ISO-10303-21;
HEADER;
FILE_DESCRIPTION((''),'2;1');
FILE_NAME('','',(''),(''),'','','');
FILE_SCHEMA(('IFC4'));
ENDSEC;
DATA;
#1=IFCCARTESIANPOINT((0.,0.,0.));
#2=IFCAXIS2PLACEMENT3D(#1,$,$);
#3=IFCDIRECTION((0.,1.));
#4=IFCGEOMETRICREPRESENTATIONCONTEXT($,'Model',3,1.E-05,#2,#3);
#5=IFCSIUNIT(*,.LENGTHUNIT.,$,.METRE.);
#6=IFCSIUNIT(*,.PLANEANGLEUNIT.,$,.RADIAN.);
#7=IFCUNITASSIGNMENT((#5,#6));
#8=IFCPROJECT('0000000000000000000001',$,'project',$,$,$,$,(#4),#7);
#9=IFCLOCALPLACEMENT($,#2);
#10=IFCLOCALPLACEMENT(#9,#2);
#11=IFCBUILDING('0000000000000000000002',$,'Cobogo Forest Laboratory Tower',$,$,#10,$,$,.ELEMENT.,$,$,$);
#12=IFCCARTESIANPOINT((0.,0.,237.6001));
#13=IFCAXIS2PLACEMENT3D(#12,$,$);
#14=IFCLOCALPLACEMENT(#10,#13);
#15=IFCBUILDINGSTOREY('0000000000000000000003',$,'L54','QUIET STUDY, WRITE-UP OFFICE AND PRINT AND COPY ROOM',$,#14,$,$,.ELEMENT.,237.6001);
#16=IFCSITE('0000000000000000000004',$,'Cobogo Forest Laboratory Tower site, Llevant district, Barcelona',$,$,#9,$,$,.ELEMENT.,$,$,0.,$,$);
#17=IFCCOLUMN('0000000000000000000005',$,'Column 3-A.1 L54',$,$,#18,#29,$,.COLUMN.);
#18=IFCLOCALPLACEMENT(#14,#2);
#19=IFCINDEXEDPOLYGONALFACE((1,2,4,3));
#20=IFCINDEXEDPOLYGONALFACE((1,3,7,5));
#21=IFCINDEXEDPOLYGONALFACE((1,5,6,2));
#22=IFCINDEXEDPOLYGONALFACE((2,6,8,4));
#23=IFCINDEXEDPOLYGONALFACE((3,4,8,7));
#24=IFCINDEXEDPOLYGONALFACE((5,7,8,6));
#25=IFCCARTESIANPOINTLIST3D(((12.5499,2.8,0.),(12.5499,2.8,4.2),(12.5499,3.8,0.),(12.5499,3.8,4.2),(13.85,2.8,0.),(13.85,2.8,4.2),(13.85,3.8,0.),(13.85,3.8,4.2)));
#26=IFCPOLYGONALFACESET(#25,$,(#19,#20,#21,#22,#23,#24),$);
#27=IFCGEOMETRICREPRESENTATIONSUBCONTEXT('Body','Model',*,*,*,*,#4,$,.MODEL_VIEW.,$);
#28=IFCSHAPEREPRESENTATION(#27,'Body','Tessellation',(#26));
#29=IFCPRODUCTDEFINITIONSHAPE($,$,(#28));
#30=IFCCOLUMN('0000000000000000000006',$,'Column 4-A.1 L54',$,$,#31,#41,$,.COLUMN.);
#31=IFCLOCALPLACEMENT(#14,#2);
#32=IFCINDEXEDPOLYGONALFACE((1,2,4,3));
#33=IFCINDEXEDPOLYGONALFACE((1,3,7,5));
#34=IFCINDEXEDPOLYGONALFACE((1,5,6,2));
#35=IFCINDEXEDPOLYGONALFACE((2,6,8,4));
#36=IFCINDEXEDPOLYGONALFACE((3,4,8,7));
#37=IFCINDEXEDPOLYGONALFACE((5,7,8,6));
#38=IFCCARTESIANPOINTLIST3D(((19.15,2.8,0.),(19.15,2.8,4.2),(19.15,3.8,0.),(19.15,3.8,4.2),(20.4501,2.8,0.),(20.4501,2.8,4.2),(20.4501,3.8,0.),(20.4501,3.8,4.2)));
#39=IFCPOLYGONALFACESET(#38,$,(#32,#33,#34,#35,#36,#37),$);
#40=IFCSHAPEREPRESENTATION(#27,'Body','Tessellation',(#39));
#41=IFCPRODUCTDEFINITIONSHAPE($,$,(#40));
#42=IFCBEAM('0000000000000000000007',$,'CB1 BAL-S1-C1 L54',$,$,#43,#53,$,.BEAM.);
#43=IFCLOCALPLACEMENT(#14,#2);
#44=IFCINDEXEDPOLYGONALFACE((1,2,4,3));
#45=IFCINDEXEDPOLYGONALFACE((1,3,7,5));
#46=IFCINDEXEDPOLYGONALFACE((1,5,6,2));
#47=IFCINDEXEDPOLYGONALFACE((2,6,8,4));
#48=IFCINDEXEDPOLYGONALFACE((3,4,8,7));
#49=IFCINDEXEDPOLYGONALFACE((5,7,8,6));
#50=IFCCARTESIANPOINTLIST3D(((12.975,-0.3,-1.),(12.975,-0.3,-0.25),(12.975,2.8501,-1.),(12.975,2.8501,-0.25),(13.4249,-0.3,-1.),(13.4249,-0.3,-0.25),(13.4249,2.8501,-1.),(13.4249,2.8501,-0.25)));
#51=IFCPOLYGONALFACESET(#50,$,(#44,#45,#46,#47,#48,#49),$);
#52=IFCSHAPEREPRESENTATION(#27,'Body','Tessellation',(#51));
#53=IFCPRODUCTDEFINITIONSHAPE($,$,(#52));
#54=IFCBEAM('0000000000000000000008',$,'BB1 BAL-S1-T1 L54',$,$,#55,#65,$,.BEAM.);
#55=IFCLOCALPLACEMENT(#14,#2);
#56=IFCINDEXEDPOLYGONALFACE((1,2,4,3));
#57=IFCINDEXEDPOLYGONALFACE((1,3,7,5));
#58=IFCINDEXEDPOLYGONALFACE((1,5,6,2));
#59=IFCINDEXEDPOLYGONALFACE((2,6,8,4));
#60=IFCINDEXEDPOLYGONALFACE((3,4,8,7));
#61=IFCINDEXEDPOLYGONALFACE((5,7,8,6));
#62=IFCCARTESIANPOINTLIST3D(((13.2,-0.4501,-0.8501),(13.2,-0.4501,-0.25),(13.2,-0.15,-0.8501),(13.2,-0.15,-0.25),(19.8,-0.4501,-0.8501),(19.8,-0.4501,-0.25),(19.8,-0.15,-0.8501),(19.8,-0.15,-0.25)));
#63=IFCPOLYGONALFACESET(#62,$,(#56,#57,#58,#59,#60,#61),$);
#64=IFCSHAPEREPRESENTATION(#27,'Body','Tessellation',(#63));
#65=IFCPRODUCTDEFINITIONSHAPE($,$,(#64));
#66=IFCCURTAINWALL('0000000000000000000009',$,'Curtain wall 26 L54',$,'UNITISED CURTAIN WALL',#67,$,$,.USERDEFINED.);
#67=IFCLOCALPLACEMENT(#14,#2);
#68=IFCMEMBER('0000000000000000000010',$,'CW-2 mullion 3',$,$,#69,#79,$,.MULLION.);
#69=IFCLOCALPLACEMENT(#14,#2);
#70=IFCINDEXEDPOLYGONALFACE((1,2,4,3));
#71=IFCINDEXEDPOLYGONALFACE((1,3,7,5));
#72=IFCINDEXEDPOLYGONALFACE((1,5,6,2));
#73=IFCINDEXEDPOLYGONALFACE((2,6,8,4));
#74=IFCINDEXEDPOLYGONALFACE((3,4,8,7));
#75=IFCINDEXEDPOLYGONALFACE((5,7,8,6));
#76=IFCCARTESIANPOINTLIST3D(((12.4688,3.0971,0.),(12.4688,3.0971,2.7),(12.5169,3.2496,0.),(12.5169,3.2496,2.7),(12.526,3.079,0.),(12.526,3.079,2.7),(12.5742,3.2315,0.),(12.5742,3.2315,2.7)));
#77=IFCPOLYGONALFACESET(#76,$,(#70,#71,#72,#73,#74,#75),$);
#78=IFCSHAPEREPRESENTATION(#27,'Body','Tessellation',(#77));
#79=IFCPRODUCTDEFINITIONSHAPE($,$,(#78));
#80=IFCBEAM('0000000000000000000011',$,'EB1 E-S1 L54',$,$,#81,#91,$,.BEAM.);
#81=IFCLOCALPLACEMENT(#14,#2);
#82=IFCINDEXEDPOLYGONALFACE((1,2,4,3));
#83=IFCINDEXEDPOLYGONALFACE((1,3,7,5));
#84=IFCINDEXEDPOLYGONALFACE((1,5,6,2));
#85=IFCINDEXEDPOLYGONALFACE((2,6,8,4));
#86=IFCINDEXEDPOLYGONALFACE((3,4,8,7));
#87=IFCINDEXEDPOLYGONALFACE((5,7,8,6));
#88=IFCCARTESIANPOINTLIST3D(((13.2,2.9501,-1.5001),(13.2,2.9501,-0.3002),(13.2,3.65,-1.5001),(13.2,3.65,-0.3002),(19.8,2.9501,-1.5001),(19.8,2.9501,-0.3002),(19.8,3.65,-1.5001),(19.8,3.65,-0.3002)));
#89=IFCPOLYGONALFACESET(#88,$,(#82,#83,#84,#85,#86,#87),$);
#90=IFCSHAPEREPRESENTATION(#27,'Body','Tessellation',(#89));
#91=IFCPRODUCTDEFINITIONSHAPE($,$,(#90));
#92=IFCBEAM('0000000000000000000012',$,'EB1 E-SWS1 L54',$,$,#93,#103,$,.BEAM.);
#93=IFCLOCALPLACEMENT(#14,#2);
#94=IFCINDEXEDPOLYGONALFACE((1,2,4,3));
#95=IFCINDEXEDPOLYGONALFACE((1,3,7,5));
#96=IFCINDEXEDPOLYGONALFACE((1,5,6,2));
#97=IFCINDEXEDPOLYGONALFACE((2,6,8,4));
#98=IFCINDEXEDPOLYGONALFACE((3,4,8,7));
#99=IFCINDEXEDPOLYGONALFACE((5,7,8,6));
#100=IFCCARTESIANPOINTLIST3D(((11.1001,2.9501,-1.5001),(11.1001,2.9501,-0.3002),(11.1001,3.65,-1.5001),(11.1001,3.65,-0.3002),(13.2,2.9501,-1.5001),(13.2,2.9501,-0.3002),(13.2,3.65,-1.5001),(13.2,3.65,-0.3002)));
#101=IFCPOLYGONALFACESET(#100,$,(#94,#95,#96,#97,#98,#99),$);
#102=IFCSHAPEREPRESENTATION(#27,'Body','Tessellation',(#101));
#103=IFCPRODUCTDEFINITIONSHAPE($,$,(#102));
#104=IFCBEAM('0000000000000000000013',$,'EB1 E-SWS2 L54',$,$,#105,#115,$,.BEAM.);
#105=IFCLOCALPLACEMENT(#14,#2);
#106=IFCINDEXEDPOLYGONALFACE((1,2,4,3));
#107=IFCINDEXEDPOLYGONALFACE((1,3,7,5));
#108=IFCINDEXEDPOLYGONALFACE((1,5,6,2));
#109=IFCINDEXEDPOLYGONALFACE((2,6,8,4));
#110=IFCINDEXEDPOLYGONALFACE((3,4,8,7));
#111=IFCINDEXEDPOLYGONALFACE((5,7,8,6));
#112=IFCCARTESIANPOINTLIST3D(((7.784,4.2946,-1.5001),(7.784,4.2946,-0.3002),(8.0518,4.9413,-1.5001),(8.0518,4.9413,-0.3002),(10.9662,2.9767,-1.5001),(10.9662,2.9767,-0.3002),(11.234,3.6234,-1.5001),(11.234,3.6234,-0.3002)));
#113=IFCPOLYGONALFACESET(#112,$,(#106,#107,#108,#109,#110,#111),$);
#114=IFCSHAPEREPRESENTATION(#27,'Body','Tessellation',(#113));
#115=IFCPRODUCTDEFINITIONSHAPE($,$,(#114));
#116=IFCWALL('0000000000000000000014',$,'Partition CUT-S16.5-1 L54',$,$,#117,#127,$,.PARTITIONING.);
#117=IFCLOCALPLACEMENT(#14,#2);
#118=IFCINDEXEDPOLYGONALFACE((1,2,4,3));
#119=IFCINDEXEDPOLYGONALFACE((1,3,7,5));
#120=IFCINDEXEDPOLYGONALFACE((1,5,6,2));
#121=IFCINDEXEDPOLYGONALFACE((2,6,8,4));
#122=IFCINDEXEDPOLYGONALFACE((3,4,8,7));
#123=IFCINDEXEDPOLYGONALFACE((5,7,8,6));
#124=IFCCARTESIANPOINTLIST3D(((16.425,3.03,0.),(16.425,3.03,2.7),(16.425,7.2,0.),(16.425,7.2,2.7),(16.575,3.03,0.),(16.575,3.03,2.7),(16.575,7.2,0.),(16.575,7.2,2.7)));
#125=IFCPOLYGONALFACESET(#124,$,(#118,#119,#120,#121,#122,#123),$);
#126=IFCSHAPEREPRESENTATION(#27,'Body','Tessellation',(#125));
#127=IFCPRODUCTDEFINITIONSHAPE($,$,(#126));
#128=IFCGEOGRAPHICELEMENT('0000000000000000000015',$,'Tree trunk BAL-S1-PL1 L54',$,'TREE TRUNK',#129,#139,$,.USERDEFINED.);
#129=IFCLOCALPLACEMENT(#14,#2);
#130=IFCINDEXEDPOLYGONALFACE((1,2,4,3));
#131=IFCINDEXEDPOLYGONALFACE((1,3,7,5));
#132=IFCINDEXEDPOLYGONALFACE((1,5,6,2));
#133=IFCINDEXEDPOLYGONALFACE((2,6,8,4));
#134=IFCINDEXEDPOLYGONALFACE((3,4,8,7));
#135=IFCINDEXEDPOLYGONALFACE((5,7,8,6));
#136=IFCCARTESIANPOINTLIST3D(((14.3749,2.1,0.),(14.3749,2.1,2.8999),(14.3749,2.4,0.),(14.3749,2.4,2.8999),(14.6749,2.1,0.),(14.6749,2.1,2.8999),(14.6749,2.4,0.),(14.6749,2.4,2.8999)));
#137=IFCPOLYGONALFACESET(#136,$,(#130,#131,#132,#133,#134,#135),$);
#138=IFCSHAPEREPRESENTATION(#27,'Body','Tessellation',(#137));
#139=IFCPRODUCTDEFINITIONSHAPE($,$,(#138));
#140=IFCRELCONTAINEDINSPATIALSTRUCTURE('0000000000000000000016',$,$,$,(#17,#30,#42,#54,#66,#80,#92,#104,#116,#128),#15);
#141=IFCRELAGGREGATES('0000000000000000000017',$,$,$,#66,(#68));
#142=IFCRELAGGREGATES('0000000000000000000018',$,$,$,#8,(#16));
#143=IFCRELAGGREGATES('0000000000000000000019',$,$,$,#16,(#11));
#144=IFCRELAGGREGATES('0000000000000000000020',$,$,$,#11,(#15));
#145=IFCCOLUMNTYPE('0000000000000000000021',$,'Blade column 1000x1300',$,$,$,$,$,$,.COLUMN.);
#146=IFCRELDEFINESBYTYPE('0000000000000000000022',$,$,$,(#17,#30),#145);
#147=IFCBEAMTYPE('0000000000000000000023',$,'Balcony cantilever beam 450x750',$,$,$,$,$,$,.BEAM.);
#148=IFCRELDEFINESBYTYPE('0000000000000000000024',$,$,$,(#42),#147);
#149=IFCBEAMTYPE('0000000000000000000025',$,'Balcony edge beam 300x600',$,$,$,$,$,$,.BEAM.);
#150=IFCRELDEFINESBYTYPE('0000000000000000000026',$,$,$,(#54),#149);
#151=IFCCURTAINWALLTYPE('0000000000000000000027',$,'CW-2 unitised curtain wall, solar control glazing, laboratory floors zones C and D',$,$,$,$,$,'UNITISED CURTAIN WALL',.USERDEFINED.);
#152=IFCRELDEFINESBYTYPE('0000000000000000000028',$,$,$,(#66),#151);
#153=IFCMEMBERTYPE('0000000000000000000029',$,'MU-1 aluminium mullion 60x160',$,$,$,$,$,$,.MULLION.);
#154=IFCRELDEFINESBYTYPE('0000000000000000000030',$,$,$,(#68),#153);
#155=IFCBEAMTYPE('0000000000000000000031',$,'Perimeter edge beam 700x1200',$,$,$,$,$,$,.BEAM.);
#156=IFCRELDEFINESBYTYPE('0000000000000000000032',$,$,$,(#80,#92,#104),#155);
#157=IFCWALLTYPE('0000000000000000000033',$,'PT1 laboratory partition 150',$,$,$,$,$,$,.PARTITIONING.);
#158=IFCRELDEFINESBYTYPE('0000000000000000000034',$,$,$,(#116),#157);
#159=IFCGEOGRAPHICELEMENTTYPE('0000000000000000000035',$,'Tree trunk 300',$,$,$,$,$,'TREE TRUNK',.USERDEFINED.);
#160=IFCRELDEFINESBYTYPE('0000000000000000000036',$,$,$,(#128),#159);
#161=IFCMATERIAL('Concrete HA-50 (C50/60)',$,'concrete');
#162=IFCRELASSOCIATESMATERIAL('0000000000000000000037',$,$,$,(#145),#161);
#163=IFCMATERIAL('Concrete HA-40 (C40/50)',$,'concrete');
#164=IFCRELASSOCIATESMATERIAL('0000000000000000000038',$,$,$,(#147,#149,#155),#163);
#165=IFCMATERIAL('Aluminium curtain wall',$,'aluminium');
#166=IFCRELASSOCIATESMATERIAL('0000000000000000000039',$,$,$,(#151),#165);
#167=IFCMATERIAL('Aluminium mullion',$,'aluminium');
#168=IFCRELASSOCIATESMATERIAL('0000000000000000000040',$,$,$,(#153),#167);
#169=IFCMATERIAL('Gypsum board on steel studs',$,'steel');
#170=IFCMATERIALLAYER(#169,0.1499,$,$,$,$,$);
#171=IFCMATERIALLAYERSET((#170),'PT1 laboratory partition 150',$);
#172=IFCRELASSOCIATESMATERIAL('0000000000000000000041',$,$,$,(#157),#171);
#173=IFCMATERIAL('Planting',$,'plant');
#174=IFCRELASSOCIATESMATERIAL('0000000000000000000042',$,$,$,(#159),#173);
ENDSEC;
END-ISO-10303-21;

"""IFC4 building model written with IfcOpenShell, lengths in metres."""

from ifc_helpers import new_model, si_unit, direction, frame, frame_2d, origin, origin_2d, place, context, subcontext, project, spatial, rectangle, extrude, material, layer, layer_set, material_profile, profile_set, type_object, element, aggregate, save


model = new_model("IFC4")

# Units and contexts
model_context = context("Model", 3, precision=1e-05, world=origin(), true_north=direction((0.0, 1.0)))
body_context = subcontext(model_context, "Body", "Model", "MODEL_VIEW")
ifc_project = project(units=[si_unit("LENGTHUNIT", "METRE"), si_unit("PLANEANGLEUNIT", "RADIAN")], contexts=[model_context])

# Site, building, storey
site_placement = place(None, origin())
site = spatial("IfcSite", under=ifc_project, at=site_placement, Name="Cobogo Forest Laboratory Tower site, Llevant district, Barcelona", CompositionType="ELEMENT", RefElevation=0.0)
building_placement = place(site_placement, origin())
building = spatial("IfcBuilding", under=site, at=building_placement, Name="Cobogo Forest Laboratory Tower", CompositionType="ELEMENT")
storey_placement = place(building_placement, frame((0.0, 0.0, 237.6001)))
storey = spatial("IfcBuildingStorey", under=building, at=storey_placement, Name="L54", Description="QUIET STUDY, WRITE-UP OFFICE AND PRINT AND COPY ROOM", CompositionType="ELEMENT", Elevation=237.6001)

# Columns
ifc_material_1 = material(Name="Concrete HA-50 (C50/60)", Category="concrete")
ifc_material_profile_1 = material_profile(ifc_material_1, rectangle(XDim=1.3, YDim=1.0, at=origin_2d()), Name="RC 1000x1300")
ifc_profile_set_1 = profile_set([ifc_material_profile_1], Name="Concrete HA-50 (C50/60)")
column_type = type_object("IfcColumnType", Name="Blade column 1000x1300", PredefinedType="COLUMN", material=ifc_profile_set_1)
for number, where, z_axis, x_axis, name in (
    (1, (13.2, 3.3, 0.0), (0.0, 0.0, 1.0), (1.0, 0.0, 0.0), "Column 3-A.1 L54"),
    (2, (19.8, 3.3, 0.0), (0.0, 0.0, 1.0), (1.0, 0.0, 0.0), "Column 4-A.1 L54"),
):
    element("IfcColumn", number, at=place(storey_placement, frame(where, z_axis=z_axis, x_axis=x_axis)), inside=storey, type_object=column_type, Name=name, PredefinedType="COLUMN", context=body_context, shape_type="SweptSolid", body=[
        extrude(rectangle(XDim=1.3, YDim=1.0, at=origin_2d()), origin(), (0.0, 0.0, 1.0), 4.2),
    ])

# Beams
ifc_material_2 = material(Name="Concrete HA-40 (C40/50)", Category="concrete")
ifc_material_profile_2 = material_profile(ifc_material_2, rectangle(XDim=0.45, YDim=0.75, at=origin_2d()), Name="RC 450x750")
ifc_profile_set_2 = profile_set([ifc_material_profile_2], Name="Concrete HA-40 (C40/50)")
beam_type_1 = type_object("IfcBeamType", Name="Balcony cantilever beam 450x750", PredefinedType="BEAM", material=ifc_profile_set_2)
beam_1_placement = place(storey_placement, frame((13.2, 2.8501, -0.625), z_axis=(0.0, -1.0, 0.0), x_axis=(1.0, 0.0, 0.0)))
element("IfcBeam", 3, at=beam_1_placement, inside=storey, type_object=beam_type_1, Name="CB1 BAL-S1-C1 L54", PredefinedType="BEAM", context=body_context, shape_type="SweptSolid", body=[
    extrude(rectangle(XDim=0.45, YDim=0.75, at=origin_2d()), origin(), (0.0, 0.0, 1.0), 3.1501),
])
ifc_material_profile_3 = material_profile(ifc_material_2, rectangle(XDim=0.3, YDim=0.6001, at=origin_2d()), Name="RC 300x600")
ifc_profile_set_3 = profile_set([ifc_material_profile_3], Name="Concrete HA-40 (C40/50)")
beam_type_2 = type_object("IfcBeamType", Name="Balcony edge beam 300x600", PredefinedType="BEAM", material=ifc_profile_set_3)
beam_2_placement = place(storey_placement, frame((13.2, -0.3, -0.55), z_axis=(1.0, 0.0, 0.0), x_axis=(0.0, 1.0, 0.0)))
element("IfcBeam", 4, at=beam_2_placement, inside=storey, type_object=beam_type_2, Name="BB1 BAL-S1-T1 L54", PredefinedType="BEAM", context=body_context, shape_type="SweptSolid", body=[
    extrude(rectangle(XDim=0.3, YDim=0.6001, at=origin_2d()), origin(), (0.0, 0.0, 1.0), 6.6001),
])

# Curtain wall, member
ifc_material_3 = material(Name="Aluminium curtain wall", Category="aluminium")
curtain_wall_type = type_object("IfcCurtainWallType", Name="CW-2 unitised curtain wall, solar control glazing, laboratory floors zones C and D", ElementType="UNITISED CURTAIN WALL", PredefinedType="USERDEFINED", material=ifc_material_3)
curtain_wall_placement = place(storey_placement, origin())
curtain_wall = element("IfcCurtainWall", 5, at=curtain_wall_placement, inside=storey, type_object=curtain_wall_type, Name="Curtain wall 26 L54", ObjectType="UNITISED CURTAIN WALL", PredefinedType="USERDEFINED")
ifc_material_4 = material(Name="Aluminium mullion", Category="aluminium")
ifc_material_profile_4 = material_profile(ifc_material_4, rectangle(XDim=0.0601, YDim=0.1599, at=origin_2d()), Name="AL 60x160")
ifc_profile_set_4 = profile_set([ifc_material_profile_4], Name="Aluminium mullion")
member_type = type_object("IfcMemberType", Name="MU-1 aluminium mullion 60x160", PredefinedType="MULLION", material=ifc_profile_set_4)
member_placement = place(storey_placement, frame((12.5215, 3.1643, 0.0), z_axis=(0.0, 0.0, 1.0), x_axis=(0.953581, -0.301136, 0.0)))
member = element("IfcMember", 6, at=member_placement, type_object=member_type, Name="CW-2 mullion 3", PredefinedType="MULLION", context=body_context, shape_type="SweptSolid", body=[
    extrude(rectangle(XDim=0.0601, YDim=0.1599, at=origin_2d()), origin(), (0.0, 0.0, 1.0), 2.7),
])
aggregate(curtain_wall, [member])

# Beams
ifc_material_profile_5 = material_profile(ifc_material_2, rectangle(XDim=0.7, YDim=1.2, at=origin_2d()), Name="RC 700x1200")
ifc_profile_set_5 = profile_set([ifc_material_profile_5], Name="Concrete HA-40 (C40/50)")
beam_type_3 = type_object("IfcBeamType", Name="Perimeter edge beam 700x1200", PredefinedType="BEAM", material=ifc_profile_set_5)
beam_3_placement = place(storey_placement, frame((13.2, 3.3, -0.9001), z_axis=(1.0, 0.0, 0.0), x_axis=(0.0, 1.0, 0.0)))
element("IfcBeam", 7, at=beam_3_placement, inside=storey, type_object=beam_type_3, Name="EB1 E-S1 L54", PredefinedType="BEAM", context=body_context, shape_type="SweptSolid", body=[
    extrude(rectangle(XDim=0.7, YDim=1.2, at=origin_2d()), origin(), (0.0, 0.0, 1.0), 6.6001),
])
beam_4_placement = place(storey_placement, frame((13.2, 3.3, -0.9001), z_axis=(-1.0, 0.0, 0.0), x_axis=(0.0, -1.0, 0.0)))
element("IfcBeam", 8, at=beam_4_placement, inside=storey, type_object=beam_type_3, Name="EB1 E-SWS1 L54", PredefinedType="BEAM", context=body_context, shape_type="SweptSolid", body=[
    extrude(rectangle(XDim=0.7, YDim=1.2, at=origin_2d()), origin(), (0.0, 0.0, 1.0), 2.0999),
])
beam_5_placement = place(storey_placement, frame((11.1001, 3.3, -0.9001), z_axis=(-0.923901, 0.382631, 0.0), x_axis=(-0.382631, -0.923901, 0.0)))
element("IfcBeam", 9, at=beam_5_placement, inside=storey, type_object=beam_type_3, Name="EB1 E-SWS2 L54", PredefinedType="BEAM", context=body_context, shape_type="SweptSolid", body=[
    extrude(rectangle(XDim=0.7, YDim=1.2, at=origin_2d()), origin(), (0.0, 0.0, 1.0), 3.4443),
])

# Wall
ifc_material_5 = material(Name="Gypsum board on steel studs", Category="steel")
ifc_layer_1 = layer(ifc_material_5, 0.1499)
ifc_layer_set_1 = layer_set([ifc_layer_1], Name="PT1 laboratory partition 150")
wall_type_1 = type_object("IfcWallType", Name="PT1 laboratory partition 150", PredefinedType="PARTITIONING", material=ifc_layer_set_1)
wall_1_placement = place(storey_placement, frame((16.5, 3.03, 0.0), z_axis=(0.0, 0.0, 1.0), x_axis=(0.0, 1.0, 0.0)))
element("IfcWall", 10, at=wall_1_placement, inside=storey, type_object=wall_type_1, Name="Partition CUT-S16.5-1 L54", PredefinedType="PARTITIONING", context=body_context, shape_type="SweptSolid", body=[
    extrude(rectangle(XDim=4.1699, YDim=0.1499, at=frame_2d((2.085, 0.0))), origin(), (0.0, 0.0, 1.0), 2.7),
])

# Geographic element
ifc_material_6 = material(Name="Planting", Category="plant")
geographic_element_type = type_object("IfcGeographicElementType", Name="Tree trunk 300", ElementType="TREE TRUNK", PredefinedType="USERDEFINED", material=ifc_material_6)
geographic_element_placement = place(storey_placement, frame((14.5249, 2.25, 0.0), z_axis=(0.0, 0.0, 1.0), x_axis=(1.0, 0.0, 0.0)))
element("IfcGeographicElement", 11, at=geographic_element_placement, inside=storey, type_object=geographic_element_type, Name="Tree trunk BAL-S1-PL1 L54", ObjectType="TREE TRUNK", PredefinedType="USERDEFINED", context=body_context, shape_type="SweptSolid", body=[
    extrude(rectangle(XDim=0.3, YDim=0.3, at=origin_2d()), origin(), (0.0, 0.0, 1.0), 2.8999),
])

save(model, "model.ifc")
